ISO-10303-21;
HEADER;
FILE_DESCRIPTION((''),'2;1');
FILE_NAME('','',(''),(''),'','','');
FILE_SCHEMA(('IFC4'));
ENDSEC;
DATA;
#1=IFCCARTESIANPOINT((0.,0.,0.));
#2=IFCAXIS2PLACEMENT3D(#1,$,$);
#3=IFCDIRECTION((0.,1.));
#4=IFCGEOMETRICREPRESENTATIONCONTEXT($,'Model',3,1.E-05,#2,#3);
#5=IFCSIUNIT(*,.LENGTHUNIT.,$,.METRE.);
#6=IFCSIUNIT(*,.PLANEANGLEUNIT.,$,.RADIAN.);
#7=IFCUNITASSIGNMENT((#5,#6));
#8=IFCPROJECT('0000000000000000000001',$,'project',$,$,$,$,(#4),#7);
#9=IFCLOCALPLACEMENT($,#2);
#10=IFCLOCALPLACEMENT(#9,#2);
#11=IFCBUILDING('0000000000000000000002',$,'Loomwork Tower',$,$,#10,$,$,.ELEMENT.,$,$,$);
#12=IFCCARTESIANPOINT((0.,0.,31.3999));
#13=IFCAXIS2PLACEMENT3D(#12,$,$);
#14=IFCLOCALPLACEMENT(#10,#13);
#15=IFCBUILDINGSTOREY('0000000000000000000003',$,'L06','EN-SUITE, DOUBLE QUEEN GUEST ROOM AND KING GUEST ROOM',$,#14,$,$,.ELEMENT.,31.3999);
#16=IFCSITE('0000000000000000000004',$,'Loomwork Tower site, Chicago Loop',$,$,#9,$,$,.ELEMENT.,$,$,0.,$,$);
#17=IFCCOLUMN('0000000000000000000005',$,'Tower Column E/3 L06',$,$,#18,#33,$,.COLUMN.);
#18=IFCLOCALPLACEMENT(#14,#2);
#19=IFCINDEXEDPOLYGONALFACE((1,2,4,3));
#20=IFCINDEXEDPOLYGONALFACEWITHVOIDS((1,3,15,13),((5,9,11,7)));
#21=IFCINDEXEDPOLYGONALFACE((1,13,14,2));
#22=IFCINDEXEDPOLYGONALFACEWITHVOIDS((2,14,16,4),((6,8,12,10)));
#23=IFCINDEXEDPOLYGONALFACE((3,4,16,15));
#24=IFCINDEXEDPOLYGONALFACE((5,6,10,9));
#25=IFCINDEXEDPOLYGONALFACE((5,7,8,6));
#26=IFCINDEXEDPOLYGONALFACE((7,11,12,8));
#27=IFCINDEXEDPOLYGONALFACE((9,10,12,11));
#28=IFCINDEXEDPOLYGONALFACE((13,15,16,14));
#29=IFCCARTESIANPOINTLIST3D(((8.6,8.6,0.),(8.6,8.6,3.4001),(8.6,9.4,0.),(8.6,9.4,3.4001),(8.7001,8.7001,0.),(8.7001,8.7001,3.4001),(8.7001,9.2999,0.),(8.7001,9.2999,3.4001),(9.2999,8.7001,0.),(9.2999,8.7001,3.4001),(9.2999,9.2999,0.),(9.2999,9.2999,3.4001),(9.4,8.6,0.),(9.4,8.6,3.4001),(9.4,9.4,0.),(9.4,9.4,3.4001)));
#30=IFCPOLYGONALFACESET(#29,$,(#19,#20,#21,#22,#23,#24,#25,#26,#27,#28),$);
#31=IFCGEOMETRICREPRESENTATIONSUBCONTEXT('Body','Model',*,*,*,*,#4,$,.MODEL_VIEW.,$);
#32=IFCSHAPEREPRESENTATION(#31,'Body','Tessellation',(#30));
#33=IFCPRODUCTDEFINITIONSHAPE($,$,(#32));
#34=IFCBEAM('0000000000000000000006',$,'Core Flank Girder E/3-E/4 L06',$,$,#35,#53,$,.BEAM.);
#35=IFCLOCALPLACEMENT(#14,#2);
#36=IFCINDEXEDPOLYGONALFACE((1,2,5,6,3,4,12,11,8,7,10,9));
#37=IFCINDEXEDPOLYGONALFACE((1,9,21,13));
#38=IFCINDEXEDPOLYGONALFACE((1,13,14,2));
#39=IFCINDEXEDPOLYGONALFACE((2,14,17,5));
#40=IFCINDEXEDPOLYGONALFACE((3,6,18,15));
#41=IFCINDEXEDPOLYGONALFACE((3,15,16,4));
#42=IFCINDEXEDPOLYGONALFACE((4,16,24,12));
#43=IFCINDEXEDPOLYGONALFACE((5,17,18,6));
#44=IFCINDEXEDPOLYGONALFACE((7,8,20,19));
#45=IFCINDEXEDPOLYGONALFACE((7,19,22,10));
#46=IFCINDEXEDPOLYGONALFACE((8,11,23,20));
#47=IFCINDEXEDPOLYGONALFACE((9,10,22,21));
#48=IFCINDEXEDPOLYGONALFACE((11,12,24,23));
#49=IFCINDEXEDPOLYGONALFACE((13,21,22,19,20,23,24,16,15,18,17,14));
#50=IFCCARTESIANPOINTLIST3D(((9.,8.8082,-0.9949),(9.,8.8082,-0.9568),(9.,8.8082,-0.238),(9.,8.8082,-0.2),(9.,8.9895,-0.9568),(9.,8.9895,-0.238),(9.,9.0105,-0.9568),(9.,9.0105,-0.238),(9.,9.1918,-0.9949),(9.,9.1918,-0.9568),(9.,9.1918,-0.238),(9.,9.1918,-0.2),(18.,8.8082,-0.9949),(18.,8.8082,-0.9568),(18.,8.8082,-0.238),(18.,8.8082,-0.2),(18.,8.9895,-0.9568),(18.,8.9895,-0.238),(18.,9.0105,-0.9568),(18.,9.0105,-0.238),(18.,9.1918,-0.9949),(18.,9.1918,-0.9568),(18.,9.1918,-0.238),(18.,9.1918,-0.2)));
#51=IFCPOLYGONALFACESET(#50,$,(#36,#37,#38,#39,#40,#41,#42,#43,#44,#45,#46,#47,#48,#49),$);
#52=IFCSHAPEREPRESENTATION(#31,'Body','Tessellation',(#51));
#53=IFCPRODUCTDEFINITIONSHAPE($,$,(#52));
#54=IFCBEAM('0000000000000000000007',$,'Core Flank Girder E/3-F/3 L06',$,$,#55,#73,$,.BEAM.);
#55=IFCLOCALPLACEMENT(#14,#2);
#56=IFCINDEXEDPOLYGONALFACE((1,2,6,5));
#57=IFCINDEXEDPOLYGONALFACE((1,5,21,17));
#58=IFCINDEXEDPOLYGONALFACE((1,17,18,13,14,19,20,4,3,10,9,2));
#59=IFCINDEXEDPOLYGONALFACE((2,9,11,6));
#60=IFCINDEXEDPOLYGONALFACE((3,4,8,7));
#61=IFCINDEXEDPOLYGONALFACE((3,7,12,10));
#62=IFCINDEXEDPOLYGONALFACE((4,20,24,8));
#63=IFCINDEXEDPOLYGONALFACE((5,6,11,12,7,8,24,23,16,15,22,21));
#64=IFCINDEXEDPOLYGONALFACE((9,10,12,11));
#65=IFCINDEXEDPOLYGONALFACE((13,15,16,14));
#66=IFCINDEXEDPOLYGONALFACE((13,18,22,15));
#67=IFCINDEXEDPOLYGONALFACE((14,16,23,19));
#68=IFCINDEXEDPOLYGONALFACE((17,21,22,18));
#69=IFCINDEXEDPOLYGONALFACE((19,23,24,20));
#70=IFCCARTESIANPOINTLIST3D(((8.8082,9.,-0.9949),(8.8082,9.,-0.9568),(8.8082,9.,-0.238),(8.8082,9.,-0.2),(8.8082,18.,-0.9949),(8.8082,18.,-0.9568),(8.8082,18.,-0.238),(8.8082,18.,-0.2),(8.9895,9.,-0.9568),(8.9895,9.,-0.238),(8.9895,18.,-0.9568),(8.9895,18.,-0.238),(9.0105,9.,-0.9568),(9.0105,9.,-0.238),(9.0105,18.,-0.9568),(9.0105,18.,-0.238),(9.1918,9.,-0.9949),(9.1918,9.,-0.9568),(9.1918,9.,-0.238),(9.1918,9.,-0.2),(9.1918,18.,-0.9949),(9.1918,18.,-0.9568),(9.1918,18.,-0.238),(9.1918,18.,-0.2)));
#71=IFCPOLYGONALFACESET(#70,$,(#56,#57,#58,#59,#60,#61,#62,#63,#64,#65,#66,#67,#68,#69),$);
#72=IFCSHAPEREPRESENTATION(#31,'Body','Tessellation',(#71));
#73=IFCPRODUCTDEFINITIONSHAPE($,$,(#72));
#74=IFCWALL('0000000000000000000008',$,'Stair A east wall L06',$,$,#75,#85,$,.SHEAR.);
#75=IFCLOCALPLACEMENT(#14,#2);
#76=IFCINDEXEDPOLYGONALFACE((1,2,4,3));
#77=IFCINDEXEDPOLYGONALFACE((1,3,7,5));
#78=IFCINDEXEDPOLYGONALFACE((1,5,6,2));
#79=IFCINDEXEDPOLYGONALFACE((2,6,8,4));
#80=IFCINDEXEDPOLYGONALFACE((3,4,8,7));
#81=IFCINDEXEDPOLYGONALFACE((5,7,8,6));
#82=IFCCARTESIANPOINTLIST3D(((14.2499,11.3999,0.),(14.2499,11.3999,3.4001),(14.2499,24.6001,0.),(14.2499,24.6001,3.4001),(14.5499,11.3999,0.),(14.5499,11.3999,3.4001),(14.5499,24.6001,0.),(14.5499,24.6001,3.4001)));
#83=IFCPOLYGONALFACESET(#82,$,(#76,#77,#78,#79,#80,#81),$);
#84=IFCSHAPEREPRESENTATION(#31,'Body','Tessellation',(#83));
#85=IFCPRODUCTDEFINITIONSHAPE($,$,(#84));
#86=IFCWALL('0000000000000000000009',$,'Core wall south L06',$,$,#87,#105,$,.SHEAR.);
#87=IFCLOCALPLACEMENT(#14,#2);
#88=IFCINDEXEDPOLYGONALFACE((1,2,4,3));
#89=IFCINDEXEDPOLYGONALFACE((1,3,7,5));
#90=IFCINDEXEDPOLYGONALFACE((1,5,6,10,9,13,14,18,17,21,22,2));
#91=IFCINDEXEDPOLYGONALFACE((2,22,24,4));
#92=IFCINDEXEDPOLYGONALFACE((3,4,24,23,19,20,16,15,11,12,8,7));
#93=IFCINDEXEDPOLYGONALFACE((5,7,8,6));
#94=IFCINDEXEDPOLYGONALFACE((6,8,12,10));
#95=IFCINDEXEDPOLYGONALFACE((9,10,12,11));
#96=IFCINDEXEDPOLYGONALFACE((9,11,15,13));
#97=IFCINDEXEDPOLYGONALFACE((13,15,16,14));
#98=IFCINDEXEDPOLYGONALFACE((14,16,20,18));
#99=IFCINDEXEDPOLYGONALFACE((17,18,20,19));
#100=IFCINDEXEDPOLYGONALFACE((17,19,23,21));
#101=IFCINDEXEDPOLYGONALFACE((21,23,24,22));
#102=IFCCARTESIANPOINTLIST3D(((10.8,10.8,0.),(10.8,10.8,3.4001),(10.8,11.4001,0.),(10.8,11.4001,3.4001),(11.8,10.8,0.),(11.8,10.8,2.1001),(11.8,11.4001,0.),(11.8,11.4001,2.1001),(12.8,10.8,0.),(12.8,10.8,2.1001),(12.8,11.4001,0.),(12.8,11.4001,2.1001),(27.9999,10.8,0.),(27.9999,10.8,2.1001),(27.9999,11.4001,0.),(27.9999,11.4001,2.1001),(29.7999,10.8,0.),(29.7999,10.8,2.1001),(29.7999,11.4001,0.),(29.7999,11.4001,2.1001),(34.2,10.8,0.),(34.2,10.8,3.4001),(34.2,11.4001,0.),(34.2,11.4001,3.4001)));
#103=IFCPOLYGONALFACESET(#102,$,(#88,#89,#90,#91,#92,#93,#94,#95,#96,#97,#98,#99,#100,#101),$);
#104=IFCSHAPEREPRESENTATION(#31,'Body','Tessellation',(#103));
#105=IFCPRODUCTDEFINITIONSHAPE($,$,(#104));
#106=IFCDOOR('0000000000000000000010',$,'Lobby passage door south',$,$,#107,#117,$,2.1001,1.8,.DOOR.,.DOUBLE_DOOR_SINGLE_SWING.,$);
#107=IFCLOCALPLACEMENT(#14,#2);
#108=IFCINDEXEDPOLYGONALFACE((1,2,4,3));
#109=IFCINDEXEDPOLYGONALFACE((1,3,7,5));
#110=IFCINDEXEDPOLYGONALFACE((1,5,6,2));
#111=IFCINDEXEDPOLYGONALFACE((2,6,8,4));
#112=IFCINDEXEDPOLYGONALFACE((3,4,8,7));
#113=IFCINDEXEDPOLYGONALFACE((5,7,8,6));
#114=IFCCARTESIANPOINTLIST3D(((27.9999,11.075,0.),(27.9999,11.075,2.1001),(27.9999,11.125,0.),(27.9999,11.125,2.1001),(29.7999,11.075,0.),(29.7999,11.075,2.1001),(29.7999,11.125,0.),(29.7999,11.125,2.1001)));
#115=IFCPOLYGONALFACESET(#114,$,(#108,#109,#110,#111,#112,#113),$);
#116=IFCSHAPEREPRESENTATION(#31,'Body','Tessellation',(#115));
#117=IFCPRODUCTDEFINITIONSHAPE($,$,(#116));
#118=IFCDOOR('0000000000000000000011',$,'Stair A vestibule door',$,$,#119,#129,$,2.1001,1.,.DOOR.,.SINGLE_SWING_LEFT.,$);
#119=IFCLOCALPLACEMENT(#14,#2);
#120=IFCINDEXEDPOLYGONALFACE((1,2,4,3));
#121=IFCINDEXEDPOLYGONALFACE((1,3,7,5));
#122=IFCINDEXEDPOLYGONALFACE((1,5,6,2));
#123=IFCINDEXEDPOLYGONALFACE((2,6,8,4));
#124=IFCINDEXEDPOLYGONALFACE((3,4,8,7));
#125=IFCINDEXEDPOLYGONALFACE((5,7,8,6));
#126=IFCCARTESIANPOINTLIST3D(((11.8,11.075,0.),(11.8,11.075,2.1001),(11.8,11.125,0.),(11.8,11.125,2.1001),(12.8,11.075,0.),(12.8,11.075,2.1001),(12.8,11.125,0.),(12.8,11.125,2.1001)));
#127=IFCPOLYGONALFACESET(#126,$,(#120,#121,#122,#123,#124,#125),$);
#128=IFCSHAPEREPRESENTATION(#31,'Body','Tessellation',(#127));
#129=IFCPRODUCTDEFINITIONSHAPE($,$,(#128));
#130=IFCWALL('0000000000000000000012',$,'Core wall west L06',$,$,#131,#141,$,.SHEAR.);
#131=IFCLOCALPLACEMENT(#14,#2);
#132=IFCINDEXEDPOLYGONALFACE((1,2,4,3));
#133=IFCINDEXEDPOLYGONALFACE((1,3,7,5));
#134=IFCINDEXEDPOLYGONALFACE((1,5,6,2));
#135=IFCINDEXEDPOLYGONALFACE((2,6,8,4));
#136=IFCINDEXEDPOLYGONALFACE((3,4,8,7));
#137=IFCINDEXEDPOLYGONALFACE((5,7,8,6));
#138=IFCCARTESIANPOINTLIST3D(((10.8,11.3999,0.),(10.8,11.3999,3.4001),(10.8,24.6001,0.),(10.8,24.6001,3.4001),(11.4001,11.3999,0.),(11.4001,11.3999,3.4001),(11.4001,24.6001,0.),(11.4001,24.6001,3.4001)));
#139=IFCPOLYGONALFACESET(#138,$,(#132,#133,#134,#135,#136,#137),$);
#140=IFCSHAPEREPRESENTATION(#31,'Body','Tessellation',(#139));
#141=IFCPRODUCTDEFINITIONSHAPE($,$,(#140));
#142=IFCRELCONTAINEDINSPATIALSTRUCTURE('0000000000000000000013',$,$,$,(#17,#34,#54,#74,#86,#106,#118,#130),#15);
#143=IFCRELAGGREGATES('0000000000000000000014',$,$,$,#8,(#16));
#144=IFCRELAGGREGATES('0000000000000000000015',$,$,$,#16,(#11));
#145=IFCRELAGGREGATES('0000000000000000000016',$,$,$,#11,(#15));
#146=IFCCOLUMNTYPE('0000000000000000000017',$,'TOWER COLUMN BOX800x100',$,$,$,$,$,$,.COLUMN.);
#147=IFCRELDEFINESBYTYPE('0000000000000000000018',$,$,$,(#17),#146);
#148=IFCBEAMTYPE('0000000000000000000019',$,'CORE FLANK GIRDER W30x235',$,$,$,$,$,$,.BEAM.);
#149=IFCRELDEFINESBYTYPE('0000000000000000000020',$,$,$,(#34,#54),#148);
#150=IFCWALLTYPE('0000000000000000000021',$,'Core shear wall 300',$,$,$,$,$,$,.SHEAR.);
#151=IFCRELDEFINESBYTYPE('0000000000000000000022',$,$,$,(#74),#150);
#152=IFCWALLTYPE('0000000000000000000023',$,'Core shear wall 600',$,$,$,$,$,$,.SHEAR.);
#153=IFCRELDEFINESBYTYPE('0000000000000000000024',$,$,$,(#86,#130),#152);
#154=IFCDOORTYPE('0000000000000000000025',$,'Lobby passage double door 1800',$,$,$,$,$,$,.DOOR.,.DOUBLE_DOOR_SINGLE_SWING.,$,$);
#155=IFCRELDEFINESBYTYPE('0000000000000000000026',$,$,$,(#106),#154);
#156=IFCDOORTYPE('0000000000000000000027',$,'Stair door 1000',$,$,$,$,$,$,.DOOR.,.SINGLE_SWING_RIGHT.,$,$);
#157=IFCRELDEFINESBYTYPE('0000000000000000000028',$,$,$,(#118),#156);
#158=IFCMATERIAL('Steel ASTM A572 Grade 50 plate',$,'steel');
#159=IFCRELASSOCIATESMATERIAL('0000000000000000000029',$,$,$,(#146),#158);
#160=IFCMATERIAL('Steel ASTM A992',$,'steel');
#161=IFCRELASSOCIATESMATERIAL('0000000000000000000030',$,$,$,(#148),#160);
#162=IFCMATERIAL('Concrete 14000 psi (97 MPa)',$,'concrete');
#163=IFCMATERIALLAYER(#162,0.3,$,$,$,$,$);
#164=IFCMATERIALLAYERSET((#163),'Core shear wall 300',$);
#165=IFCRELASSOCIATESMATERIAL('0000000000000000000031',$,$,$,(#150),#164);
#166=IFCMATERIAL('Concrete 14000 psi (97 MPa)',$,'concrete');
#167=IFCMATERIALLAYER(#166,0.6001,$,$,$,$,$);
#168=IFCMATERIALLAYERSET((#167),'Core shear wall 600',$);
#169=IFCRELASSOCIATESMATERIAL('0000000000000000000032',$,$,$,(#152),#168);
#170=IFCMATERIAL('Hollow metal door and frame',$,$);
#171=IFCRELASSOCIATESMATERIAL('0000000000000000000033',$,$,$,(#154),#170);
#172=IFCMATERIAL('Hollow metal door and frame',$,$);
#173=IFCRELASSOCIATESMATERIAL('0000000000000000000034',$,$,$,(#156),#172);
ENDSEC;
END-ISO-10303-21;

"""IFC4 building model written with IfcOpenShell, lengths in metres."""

from ifc_helpers import new_model, si_unit, direction, frame, frame_2d, origin, origin_2d, place, context, subcontext, project, spatial, rectangle, hollow_rectangle, i_section, extrude, material, layer, layer_set, material_profile, profile_set, type_object, element, fill, save


model = new_model("IFC4")

# Units and contexts
model_context = context("Model", 3, precision=1e-05, world=origin(), true_north=direction((0.0, 1.0)))
body_context = subcontext(model_context, "Body", "Model", "MODEL_VIEW")
ifc_project = project(units=[si_unit("LENGTHUNIT", "METRE"), si_unit("PLANEANGLEUNIT", "RADIAN")], contexts=[model_context])

# Site, building, storey
site_placement = place(None, origin())
site = spatial("IfcSite", under=ifc_project, at=site_placement, Name="Loomwork Tower site, Chicago Loop", CompositionType="ELEMENT", RefElevation=0.0)
building_placement = place(site_placement, origin())
building = spatial("IfcBuilding", under=site, at=building_placement, Name="Loomwork Tower", CompositionType="ELEMENT")
storey_placement = place(building_placement, frame((0.0, 0.0, 31.3999)))
storey = spatial("IfcBuildingStorey", under=building, at=storey_placement, Name="L06", Description="EN-SUITE, DOUBLE QUEEN GUEST ROOM AND KING GUEST ROOM", CompositionType="ELEMENT", Elevation=31.3999)

# Column
ifc_material_1 = material(Name="Steel ASTM A572 Grade 50 plate", Category="steel")
ifc_material_profile_1 = material_profile(ifc_material_1, hollow_rectangle(XDim=0.8, YDim=0.8, WallThickness=0.1001, at=origin_2d()), Name="BOX800x100")
ifc_profile_set_1 = profile_set([ifc_material_profile_1], Name="Steel ASTM A572 Grade 50 plate")
column_type = type_object("IfcColumnType", Name="TOWER COLUMN BOX800x100", PredefinedType="COLUMN", material=ifc_profile_set_1)
column_placement = place(storey_placement, frame((9.0, 9.0, 0.0), z_axis=(0.0, 0.0, 1.0), x_axis=(1.0, 0.0, 0.0)))
element("IfcColumn", 1, at=column_placement, inside=storey, type_object=column_type, Name="Tower Column E/3 L06", PredefinedType="COLUMN", context=body_context, shape_type="SweptSolid", body=[
    extrude(hollow_rectangle(XDim=0.8, YDim=0.8, WallThickness=0.1001, at=origin_2d()), origin(), (0.0, 0.0, 1.0), 3.4001),
])

# Beams
ifc_material_2 = material(Name="Steel ASTM A992", Category="steel")
ifc_material_profile_2 = material_profile(ifc_material_2, i_section(OverallWidth=0.3835, OverallDepth=0.7949, WebThickness=0.021, FlangeThickness=0.0381, at=origin_2d()), Name="W30x235")
ifc_profile_set_2 = profile_set([ifc_material_profile_2], Name="Steel ASTM A992")
beam_type = type_object("IfcBeamType", Name="CORE FLANK GIRDER W30x235", PredefinedType="BEAM", material=ifc_profile_set_2)
for number, where, z_axis, x_axis, name in (
    (2, (9.0, 9.0, -0.5974), (1.0, 0.0, 0.0), (0.0, 1.0, 0.0), "Core Flank Girder E/3-E/4 L06"),
    (3, (9.0, 9.0, -0.5974), (0.0, 1.0, 0.0), (-1.0, 0.0, 0.0), "Core Flank Girder E/3-F/3 L06"),
):
    element("IfcBeam", number, at=place(storey_placement, frame(where, z_axis=z_axis, x_axis=x_axis)), inside=storey, type_object=beam_type, Name=name, PredefinedType="BEAM", context=body_context, shape_type="SweptSolid", body=[
        extrude(i_section(OverallWidth=0.3835, OverallDepth=0.7949, WebThickness=0.021, FlangeThickness=0.0381, at=origin_2d()), origin(), (0.0, 0.0, 1.0), 9.0),
    ])

# Wall
ifc_material_3 = material(Name="Concrete 14000 psi (97 MPa)", Category="concrete")
ifc_layer_1 = layer(ifc_material_3, 0.3)
ifc_layer_set_1 = layer_set([ifc_layer_1], Name="Core shear wall 300")
wall_type_1 = type_object("IfcWallType", Name="Core shear wall 300", PredefinedType="SHEAR", material=ifc_layer_set_1)
wall_1_placement = place(storey_placement, frame((14.3999, 11.3999, 0.0), z_axis=(0.0, 0.0, 1.0), x_axis=(0.0, 1.0, 0.0)))
element("IfcWall", 4, at=wall_1_placement, inside=storey, type_object=wall_type_1, Name="Stair A east wall L06", PredefinedType="SHEAR", context=body_context, shape_type="SweptSolid", body=[
    extrude(rectangle(XDim=13.2002, YDim=0.3, at=frame_2d((6.6001, 0.0))), origin(), (0.0, 0.0, 1.0), 3.4001),
])

# Wall, openings, doors
ifc_material_4 = material(Name="Concrete 14000 psi (97 MPa)", Category="concrete")
ifc_layer_2 = layer(ifc_material_4, 0.6001)
ifc_layer_set_2 = layer_set([ifc_layer_2], Name="Core shear wall 600")
wall_type_2 = type_object("IfcWallType", Name="Core shear wall 600", PredefinedType="SHEAR", material=ifc_layer_set_2)
wall_2_placement = place(storey_placement, frame((10.8, 11.1001, 0.0), z_axis=(0.0, 0.0, 1.0), x_axis=(1.0, 0.0, 0.0)))
wall_2 = element("IfcWall", 5, at=wall_2_placement, inside=storey, type_object=wall_type_2, Name="Core wall south L06", PredefinedType="SHEAR", context=body_context, shape_type="SweptSolid", body=[
    extrude(rectangle(XDim=23.3999, YDim=0.6001, at=frame_2d((11.7, 0.0))), origin(), (0.0, 0.0, 1.0), 3.4001),
])
opening_1_placement = place(wall_2_placement, frame((1.0, 0.0, 0.0)))
opening_1 = element("IfcOpeningElement", 6, at=opening_1_placement, cuts=wall_2, PredefinedType="OPENING", context=body_context, shape_type="SweptSolid", body=[
    extrude(rectangle(XDim=1.0, YDim=2.1001, at=frame_2d((0.5, 1.05))), frame((0.0, 0.3101, 0.0), z_axis=(0.0, -1.0, 0.0), x_axis=(1.0, 0.0, 0.0)), (0.0, 0.0, 1.0), 0.6201),
])
opening_2_placement = place(wall_2_placement, frame((17.2, 0.0, 0.0)))
opening_2 = element("IfcOpeningElement", 7, at=opening_2_placement, cuts=wall_2, PredefinedType="OPENING", context=body_context, shape_type="SweptSolid", body=[
    extrude(rectangle(XDim=1.8, YDim=2.1001, at=frame_2d((0.8999, 1.05))), frame((0.0, 0.3101, 0.0), z_axis=(0.0, -1.0, 0.0), x_axis=(1.0, 0.0, 0.0)), (0.0, 0.0, 1.0), 0.6201),
])
ifc_material_5 = material(Name="Hollow metal door and frame")
door_type_1 = type_object("IfcDoorType", Name="Lobby passage double door 1800", OperationType="DOUBLE_DOOR_SINGLE_SWING", PredefinedType="DOOR", material=ifc_material_5)
door_1_placement = place(opening_2_placement, origin())
door_1 = element("IfcDoor", 8, at=door_1_placement, inside=storey, type_object=door_type_1, Name="Lobby passage door south", OperationType="DOUBLE_DOOR_SINGLE_SWING", OverallHeight=2.1001, OverallWidth=1.8, PredefinedType="DOOR", context=body_context, shape_type="SweptSolid", body=[
    extrude(rectangle(XDim=1.8, YDim=2.1001, at=frame_2d((0.8999, 1.05))), frame((0.0, 0.0249, 0.0), z_axis=(0.0, -1.0, 0.0), x_axis=(1.0, 0.0, 0.0)), (0.0, 0.0, 1.0), 0.05),
])
fill(opening_2, door_1)
ifc_material_6 = material(Name="Hollow metal door and frame")
door_type_2 = type_object("IfcDoorType", Name="Stair door 1000", OperationType="SINGLE_SWING_RIGHT", PredefinedType="DOOR", material=ifc_material_6)
door_2_placement = place(opening_1_placement, origin())
door_2 = element("IfcDoor", 9, at=door_2_placement, inside=storey, type_object=door_type_2, Name="Stair A vestibule door", OperationType="SINGLE_SWING_LEFT", OverallHeight=2.1001, OverallWidth=1.0, PredefinedType="DOOR", context=body_context, shape_type="SweptSolid", body=[
    extrude(rectangle(XDim=1.0, YDim=2.1001, at=frame_2d((0.5, 1.05))), frame((0.0, 0.0249, 0.0), z_axis=(0.0, -1.0, 0.0), x_axis=(1.0, 0.0, 0.0)), (0.0, 0.0, 1.0), 0.05),
])
fill(opening_1, door_2)

# Wall
wall_3_placement = place(storey_placement, frame((11.1001, 11.3999, 0.0), z_axis=(0.0, 0.0, 1.0), x_axis=(0.0, 1.0, 0.0)))
element("IfcWall", 10, at=wall_3_placement, inside=storey, type_object=wall_type_2, Name="Core wall west L06", PredefinedType="SHEAR", context=body_context, shape_type="SweptSolid", body=[
    extrude(rectangle(XDim=13.2002, YDim=0.6001, at=frame_2d((6.6001, 0.0))), origin(), (0.0, 0.0, 1.0), 3.4001),
])

save(model, "model.ifc")
